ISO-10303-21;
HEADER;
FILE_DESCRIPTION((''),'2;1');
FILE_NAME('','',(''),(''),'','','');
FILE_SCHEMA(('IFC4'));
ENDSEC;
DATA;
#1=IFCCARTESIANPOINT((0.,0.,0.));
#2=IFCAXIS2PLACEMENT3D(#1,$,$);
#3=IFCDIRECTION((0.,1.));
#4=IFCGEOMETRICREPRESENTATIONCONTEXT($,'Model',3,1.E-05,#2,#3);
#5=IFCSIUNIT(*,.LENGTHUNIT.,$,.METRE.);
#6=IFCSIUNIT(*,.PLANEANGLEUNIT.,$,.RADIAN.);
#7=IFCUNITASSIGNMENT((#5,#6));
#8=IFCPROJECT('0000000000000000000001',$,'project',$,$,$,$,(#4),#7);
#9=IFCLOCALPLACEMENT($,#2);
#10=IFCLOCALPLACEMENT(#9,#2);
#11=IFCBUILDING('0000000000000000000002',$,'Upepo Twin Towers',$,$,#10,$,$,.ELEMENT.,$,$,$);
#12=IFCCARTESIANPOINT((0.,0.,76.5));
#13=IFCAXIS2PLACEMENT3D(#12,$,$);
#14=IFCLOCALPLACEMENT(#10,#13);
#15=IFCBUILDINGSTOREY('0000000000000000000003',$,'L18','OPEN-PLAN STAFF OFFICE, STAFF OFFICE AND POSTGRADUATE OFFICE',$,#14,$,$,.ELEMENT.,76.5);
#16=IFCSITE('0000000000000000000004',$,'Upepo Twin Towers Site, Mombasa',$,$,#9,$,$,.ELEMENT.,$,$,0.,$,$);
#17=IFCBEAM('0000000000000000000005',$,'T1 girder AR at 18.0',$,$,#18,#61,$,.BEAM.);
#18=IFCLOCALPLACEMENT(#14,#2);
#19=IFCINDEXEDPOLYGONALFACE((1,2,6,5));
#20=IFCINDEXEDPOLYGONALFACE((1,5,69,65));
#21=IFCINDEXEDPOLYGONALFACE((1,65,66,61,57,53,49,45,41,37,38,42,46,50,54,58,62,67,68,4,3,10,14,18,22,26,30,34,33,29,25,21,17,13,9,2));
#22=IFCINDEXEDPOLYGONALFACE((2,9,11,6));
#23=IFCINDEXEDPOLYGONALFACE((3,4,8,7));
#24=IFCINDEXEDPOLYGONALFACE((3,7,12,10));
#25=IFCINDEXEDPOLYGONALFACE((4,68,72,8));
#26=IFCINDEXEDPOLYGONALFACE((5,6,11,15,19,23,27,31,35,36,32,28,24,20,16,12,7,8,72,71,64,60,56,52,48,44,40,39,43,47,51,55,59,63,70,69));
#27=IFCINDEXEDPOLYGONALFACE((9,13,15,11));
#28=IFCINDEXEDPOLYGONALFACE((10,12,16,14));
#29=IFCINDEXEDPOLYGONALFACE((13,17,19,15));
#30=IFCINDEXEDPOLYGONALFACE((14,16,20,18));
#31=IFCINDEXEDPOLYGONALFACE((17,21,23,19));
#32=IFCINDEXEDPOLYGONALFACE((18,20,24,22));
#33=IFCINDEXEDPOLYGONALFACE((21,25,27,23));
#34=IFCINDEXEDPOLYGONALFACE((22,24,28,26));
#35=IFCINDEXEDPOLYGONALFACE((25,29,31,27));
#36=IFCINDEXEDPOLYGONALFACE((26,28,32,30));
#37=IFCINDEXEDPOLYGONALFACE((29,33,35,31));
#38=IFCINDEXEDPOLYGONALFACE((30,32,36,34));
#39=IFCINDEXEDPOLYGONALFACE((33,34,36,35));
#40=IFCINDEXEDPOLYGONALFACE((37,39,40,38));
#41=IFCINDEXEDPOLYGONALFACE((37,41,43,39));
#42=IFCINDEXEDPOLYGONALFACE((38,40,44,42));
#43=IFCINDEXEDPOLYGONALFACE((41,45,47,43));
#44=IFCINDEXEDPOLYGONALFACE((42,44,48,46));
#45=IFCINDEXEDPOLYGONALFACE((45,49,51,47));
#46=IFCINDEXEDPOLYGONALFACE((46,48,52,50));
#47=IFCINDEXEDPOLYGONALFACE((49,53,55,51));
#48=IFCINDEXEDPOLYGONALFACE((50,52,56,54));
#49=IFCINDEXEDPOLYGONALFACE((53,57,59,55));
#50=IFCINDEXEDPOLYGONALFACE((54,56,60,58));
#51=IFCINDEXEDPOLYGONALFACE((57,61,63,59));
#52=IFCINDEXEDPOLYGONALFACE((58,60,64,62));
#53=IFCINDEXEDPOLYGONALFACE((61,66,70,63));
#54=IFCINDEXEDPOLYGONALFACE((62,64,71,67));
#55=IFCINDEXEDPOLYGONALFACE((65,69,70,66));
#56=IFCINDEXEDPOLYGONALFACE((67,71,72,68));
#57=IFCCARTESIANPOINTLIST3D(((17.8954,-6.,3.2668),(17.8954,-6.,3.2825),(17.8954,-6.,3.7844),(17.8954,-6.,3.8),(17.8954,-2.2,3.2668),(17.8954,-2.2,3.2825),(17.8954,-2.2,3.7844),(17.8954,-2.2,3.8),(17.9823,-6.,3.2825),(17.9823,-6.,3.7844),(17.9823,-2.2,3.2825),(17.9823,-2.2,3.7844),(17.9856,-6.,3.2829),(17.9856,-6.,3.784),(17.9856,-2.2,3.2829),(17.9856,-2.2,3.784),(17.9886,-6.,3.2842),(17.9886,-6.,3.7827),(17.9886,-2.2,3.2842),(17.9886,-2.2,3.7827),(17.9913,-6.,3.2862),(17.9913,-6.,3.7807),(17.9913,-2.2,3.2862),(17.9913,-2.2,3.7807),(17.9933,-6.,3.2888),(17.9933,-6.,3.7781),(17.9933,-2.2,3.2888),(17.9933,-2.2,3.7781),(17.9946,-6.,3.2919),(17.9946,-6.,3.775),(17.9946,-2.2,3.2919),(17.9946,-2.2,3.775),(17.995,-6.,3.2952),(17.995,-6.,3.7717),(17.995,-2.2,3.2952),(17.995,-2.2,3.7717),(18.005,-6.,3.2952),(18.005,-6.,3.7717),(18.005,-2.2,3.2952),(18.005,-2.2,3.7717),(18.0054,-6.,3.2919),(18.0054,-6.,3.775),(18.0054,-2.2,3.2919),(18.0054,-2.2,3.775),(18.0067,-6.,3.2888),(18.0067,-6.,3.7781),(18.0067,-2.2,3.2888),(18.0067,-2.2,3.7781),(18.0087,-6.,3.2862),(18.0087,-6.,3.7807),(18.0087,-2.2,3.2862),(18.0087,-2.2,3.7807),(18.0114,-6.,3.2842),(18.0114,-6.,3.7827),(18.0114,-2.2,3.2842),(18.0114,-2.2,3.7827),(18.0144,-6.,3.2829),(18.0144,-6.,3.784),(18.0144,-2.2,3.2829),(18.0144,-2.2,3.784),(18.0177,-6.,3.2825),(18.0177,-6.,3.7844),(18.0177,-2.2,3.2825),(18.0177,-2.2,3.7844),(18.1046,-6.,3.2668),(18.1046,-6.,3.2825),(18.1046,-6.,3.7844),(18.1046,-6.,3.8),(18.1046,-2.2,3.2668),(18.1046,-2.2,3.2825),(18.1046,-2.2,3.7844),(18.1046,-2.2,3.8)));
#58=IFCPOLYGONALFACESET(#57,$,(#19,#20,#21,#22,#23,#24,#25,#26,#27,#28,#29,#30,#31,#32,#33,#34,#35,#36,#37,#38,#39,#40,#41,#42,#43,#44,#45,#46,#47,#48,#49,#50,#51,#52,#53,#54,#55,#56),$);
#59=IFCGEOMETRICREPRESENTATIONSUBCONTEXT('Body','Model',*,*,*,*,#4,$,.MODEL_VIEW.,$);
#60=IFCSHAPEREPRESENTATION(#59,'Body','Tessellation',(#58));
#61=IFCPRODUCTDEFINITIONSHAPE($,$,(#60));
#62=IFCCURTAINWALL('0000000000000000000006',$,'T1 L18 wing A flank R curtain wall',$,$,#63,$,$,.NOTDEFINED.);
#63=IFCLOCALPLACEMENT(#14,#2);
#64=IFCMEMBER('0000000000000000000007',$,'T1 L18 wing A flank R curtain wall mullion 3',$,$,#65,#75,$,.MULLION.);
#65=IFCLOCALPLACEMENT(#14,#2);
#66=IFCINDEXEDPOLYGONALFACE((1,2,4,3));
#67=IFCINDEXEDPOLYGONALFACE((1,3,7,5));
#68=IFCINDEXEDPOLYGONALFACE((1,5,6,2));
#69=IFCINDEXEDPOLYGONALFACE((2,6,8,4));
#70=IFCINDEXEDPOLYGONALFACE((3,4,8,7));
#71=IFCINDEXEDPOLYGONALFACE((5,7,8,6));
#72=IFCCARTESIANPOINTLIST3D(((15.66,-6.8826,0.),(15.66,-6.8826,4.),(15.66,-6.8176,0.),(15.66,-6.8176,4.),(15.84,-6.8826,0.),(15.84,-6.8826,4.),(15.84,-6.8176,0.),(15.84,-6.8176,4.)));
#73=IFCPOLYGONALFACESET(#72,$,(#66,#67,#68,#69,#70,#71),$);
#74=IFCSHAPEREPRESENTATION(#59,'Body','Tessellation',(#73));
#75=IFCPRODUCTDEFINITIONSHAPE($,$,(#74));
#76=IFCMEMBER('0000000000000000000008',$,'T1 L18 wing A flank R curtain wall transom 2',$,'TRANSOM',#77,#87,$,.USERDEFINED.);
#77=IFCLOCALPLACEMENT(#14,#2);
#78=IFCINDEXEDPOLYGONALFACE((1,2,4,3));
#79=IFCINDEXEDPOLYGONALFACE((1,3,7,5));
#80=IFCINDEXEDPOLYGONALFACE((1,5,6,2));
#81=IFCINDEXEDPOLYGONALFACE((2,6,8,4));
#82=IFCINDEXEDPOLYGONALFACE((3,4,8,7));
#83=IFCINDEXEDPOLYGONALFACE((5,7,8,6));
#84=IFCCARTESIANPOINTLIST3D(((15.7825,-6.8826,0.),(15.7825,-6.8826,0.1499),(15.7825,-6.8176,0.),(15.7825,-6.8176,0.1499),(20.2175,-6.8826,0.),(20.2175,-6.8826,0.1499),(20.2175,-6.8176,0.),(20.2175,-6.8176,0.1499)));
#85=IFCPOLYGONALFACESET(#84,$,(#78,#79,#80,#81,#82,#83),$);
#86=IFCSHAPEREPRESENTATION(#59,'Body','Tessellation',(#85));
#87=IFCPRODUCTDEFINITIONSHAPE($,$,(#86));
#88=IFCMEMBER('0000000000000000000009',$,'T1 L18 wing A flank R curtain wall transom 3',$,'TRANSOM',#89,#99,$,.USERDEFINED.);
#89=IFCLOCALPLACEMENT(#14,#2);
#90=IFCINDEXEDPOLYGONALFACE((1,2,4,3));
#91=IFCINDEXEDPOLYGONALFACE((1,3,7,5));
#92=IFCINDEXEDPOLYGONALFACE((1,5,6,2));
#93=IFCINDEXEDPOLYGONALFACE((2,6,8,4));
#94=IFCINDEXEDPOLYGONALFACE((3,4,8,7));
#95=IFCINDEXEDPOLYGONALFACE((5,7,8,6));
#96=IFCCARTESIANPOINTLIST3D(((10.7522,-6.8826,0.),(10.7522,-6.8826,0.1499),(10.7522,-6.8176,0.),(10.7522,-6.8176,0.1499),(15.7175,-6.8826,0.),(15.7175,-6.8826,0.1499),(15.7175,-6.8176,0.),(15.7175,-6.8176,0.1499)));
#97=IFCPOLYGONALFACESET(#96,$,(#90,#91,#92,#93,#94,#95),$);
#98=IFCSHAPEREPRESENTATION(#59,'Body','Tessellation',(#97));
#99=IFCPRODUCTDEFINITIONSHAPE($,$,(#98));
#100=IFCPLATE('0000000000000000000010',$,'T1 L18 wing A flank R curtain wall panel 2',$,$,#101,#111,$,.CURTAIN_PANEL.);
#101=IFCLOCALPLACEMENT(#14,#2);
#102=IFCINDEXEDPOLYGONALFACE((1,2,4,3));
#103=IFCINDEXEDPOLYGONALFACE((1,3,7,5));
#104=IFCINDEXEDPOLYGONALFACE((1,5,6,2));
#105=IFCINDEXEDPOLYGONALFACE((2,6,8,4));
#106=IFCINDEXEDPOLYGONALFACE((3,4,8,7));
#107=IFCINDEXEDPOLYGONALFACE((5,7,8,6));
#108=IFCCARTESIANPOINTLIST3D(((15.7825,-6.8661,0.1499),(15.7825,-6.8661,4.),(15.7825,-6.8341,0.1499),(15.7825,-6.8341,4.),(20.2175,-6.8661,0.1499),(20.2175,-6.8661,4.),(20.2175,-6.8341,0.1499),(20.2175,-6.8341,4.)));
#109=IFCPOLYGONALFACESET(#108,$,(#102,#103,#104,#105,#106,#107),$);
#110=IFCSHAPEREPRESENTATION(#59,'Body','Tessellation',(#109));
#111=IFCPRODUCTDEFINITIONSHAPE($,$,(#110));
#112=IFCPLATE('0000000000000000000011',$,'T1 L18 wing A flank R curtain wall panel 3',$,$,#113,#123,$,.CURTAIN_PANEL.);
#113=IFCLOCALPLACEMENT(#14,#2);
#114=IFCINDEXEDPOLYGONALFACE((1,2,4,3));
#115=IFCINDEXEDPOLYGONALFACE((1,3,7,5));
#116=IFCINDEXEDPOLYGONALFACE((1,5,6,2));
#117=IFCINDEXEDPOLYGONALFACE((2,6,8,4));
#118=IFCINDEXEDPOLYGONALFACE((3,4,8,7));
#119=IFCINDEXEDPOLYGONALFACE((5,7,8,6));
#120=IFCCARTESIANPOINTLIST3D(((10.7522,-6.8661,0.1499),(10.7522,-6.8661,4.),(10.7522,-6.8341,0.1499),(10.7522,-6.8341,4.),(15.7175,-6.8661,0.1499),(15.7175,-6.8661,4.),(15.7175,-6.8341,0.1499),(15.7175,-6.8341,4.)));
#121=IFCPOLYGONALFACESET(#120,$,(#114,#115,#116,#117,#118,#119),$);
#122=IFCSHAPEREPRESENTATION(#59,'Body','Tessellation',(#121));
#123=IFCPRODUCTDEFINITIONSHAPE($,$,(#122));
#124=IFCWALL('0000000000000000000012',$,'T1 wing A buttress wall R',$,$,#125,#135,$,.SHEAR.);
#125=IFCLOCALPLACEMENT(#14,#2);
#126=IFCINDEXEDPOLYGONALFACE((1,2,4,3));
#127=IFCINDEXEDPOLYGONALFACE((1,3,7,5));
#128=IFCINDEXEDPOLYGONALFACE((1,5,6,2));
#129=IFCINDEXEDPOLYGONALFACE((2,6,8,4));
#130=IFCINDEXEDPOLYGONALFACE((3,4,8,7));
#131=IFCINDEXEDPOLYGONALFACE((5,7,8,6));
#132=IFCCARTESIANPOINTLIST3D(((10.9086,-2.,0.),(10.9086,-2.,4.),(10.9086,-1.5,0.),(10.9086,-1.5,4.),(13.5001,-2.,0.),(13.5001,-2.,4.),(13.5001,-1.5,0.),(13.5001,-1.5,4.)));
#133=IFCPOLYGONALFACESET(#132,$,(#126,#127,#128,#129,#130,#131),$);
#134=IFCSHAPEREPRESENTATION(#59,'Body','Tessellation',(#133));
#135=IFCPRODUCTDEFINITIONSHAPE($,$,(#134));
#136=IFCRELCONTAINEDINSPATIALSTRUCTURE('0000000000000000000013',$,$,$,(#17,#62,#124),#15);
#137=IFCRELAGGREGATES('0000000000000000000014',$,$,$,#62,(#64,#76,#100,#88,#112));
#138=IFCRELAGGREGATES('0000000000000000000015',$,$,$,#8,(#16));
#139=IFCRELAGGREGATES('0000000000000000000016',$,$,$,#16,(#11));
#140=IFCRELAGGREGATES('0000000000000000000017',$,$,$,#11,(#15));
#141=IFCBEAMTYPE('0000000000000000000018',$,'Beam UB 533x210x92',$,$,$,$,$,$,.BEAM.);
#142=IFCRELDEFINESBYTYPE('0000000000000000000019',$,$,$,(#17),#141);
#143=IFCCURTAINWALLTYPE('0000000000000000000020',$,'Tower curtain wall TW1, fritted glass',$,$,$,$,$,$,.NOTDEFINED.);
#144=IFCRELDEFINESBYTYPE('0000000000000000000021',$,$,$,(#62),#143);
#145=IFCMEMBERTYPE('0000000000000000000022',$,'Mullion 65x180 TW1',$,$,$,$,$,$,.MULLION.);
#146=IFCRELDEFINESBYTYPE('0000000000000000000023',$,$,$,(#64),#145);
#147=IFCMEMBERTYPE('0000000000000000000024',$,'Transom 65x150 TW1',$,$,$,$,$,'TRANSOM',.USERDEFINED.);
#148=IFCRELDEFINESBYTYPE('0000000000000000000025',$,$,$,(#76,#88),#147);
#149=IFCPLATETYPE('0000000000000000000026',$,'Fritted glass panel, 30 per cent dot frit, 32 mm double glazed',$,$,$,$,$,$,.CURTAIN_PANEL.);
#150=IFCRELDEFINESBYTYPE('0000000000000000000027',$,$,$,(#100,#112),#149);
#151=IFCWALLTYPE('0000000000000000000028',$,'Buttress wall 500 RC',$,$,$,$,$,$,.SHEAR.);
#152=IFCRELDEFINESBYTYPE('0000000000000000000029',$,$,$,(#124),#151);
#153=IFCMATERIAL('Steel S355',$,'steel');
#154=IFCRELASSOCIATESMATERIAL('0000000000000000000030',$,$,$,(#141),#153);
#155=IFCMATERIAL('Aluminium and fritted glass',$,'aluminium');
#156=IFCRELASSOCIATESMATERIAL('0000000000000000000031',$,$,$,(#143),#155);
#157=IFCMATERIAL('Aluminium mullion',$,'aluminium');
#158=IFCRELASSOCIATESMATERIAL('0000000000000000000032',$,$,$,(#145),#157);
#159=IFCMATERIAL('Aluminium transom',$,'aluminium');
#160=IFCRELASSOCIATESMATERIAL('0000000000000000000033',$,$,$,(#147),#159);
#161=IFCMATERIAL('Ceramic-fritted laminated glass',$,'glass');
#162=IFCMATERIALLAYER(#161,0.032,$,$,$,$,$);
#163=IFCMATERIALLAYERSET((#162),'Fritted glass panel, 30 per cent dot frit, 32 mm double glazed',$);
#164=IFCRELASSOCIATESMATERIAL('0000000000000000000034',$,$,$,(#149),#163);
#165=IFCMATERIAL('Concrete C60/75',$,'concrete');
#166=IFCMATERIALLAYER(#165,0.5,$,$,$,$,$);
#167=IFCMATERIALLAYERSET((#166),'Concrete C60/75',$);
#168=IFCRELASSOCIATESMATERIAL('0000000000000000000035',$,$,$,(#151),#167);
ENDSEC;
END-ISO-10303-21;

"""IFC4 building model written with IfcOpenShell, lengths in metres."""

from ifc_helpers import new_model, si_unit, direction, frame, frame_2d, origin, origin_2d, place, context, subcontext, project, spatial, rectangle, i_section, extrude, material, layer, layer_set, material_profile, profile_set, type_object, element, aggregate, save


model = new_model("IFC4")

# Units and contexts
model_context = context("Model", 3, precision=1e-05, world=origin(), true_north=direction((0.0, 1.0)))
body_context = subcontext(model_context, "Body", "Model", "MODEL_VIEW")
ifc_project = project(units=[si_unit("LENGTHUNIT", "METRE"), si_unit("PLANEANGLEUNIT", "RADIAN")], contexts=[model_context])

# Site, building, storey
site_placement = place(None, origin())
site = spatial("IfcSite", under=ifc_project, at=site_placement, Name="Upepo Twin Towers Site, Mombasa", CompositionType="ELEMENT", RefElevation=0.0)
building_placement = place(site_placement, origin())
building = spatial("IfcBuilding", under=site, at=building_placement, Name="Upepo Twin Towers", CompositionType="ELEMENT")
storey_placement = place(building_placement, frame((0.0, 0.0, 76.5)))
storey = spatial("IfcBuildingStorey", under=building, at=storey_placement, Name="L18", Description="OPEN-PLAN STAFF OFFICE, STAFF OFFICE AND POSTGRADUATE OFFICE", CompositionType="ELEMENT", Elevation=76.5)

# Beam
ifc_material_1 = material(Name="Steel S355", Category="steel")
ifc_material_profile_1 = material_profile(ifc_material_1, i_section(OverallWidth=0.2092, OverallDepth=0.5332, WebThickness=0.01, FlangeThickness=0.0156, FilletRadius=0.0127, at=origin_2d()), Name="UB 533x210x92")
ifc_profile_set_1 = profile_set([ifc_material_profile_1], Name="Steel S355")
beam_type_1 = type_object("IfcBeamType", Name="Beam UB 533x210x92", PredefinedType="BEAM", material=ifc_profile_set_1)
for number, where, z_axis, x_axis, name in (
    (1, (18.0, -6.0, 3.5334), (0.0, 1.0, 0.0), (-1.0, 0.0, 0.0), "T1 girder AR at 18.0"),
):
    element("IfcBeam", number, at=place(storey_placement, frame(where, z_axis=z_axis, x_axis=x_axis)), inside=storey, type_object=beam_type_1, Name=name, PredefinedType="BEAM", context=body_context, shape_type="SweptSolid", body=[
        extrude(i_section(OverallWidth=0.2092, OverallDepth=0.5332, WebThickness=0.01, FlangeThickness=0.0156, FilletRadius=0.0127, at=origin_2d()), origin(), (0.0, 0.0, 1.0), 3.8),
    ])

# Curtain wall, members, plates
ifc_material_2 = material(Name="Aluminium and fritted glass", Category="aluminium")
curtain_wall_type = type_object("IfcCurtainWallType", Name="Tower curtain wall TW1, fritted glass", PredefinedType="NOTDEFINED", material=ifc_material_2)
curtain_wall_placement = place(storey_placement, origin())
curtain_wall = element("IfcCurtainWall", 2, at=curtain_wall_placement, inside=storey, type_object=curtain_wall_type, Name="T1 L18 wing A flank R curtain wall", PredefinedType="NOTDEFINED")
ifc_material_3 = material(Name="Aluminium mullion", Category="aluminium")
ifc_material_profile_2 = material_profile(ifc_material_3, rectangle(XDim=0.0649, YDim=0.1799, at=origin_2d()), Name="MULLION 65x180")
ifc_profile_set_2 = profile_set([ifc_material_profile_2], Name="Aluminium mullion")
member_type_1 = type_object("IfcMemberType", Name="Mullion 65x180 TW1", PredefinedType="MULLION", material=ifc_profile_set_2)
member_1_placement = place(storey_placement, frame((15.75, -6.8501, 0.0), z_axis=(0.0, 0.0, 1.0), x_axis=(0.0, -1.0, 0.0)))
member_1 = element("IfcMember", 3, at=member_1_placement, type_object=member_type_1, Name="T1 L18 wing A flank R curtain wall mullion 3", PredefinedType="MULLION", context=body_context, shape_type="SweptSolid", body=[
    extrude(rectangle(XDim=0.0649, YDim=0.1799, at=origin_2d()), origin(), (0.0, 0.0, 1.0), 4.0),
])
ifc_material_4 = material(Name="Aluminium transom", Category="aluminium")
ifc_material_profile_3 = material_profile(ifc_material_4, rectangle(XDim=0.0649, YDim=0.1499, at=origin_2d()), Name="TRANSOM 65x150")
ifc_profile_set_3 = profile_set([ifc_material_profile_3], Name="Aluminium transom")
member_type_2 = type_object("IfcMemberType", Name="Transom 65x150 TW1", ElementType="TRANSOM", PredefinedType="USERDEFINED", material=ifc_profile_set_3)
member_2_placement = place(storey_placement, frame((20.2175, -6.8501, 0.075), z_axis=(-1.0, 0.0, 0.0), x_axis=(0.0, -1.0, 0.0)))
member_2 = element("IfcMember", 4, at=member_2_placement, type_object=member_type_2, Name="T1 L18 wing A flank R curtain wall transom 2", ObjectType="TRANSOM", PredefinedType="USERDEFINED", context=body_context, shape_type="SweptSolid", body=[
    extrude(rectangle(XDim=0.0649, YDim=0.1499, at=origin_2d()), origin(), (0.0, 0.0, 1.0), 4.4351),
])
member_3_placement = place(storey_placement, frame((15.7175, -6.8501, 0.075), z_axis=(-1.0, 0.0, 0.0), x_axis=(0.0, -1.0, 0.0)))
member_3 = element("IfcMember", 5, at=member_3_placement, type_object=member_type_2, Name="T1 L18 wing A flank R curtain wall transom 3", ObjectType="TRANSOM", PredefinedType="USERDEFINED", context=body_context, shape_type="SweptSolid", body=[
    extrude(rectangle(XDim=0.0649, YDim=0.1499, at=origin_2d()), origin(), (0.0, 0.0, 1.0), 4.9653),
])
ifc_material_5 = material(Name="Ceramic-fritted laminated glass", Category="glass")
ifc_layer_1 = layer(ifc_material_5, 0.032)
ifc_layer_set_1 = layer_set([ifc_layer_1], Name="Fritted glass panel, 30 per cent dot frit, 32 mm double glazed")
plate_type = type_object("IfcPlateType", Name="Fritted glass panel, 30 per cent dot frit, 32 mm double glazed", PredefinedType="CURTAIN_PANEL", material=ifc_layer_set_1)
plate_1_placement = place(storey_placement, frame((18.0, -6.8501, 0.1499), z_axis=(0.0, 0.0, 1.0), x_axis=(-1.0, 0.0, 0.0)))
plate_1 = element("IfcPlate", 6, at=plate_1_placement, type_object=plate_type, Name="T1 L18 wing A flank R curtain wall panel 2", PredefinedType="CURTAIN_PANEL", context=body_context, shape_type="SweptSolid", body=[
    extrude(rectangle(XDim=4.4351, YDim=0.032, at=origin_2d()), origin(), (0.0, 0.0, 1.0), 3.8501),
])
plate_2_placement = place(storey_placement, frame((13.2349, -6.8501, 0.1499), z_axis=(0.0, 0.0, 1.0), x_axis=(-1.0, 0.0, 0.0)))
plate_2 = element("IfcPlate", 7, at=plate_2_placement, type_object=plate_type, Name="T1 L18 wing A flank R curtain wall panel 3", PredefinedType="CURTAIN_PANEL", context=body_context, shape_type="SweptSolid", body=[
    extrude(rectangle(XDim=4.9653, YDim=0.032, at=origin_2d()), origin(), (0.0, 0.0, 1.0), 3.8501),
])
aggregate(curtain_wall, [member_1, member_2, plate_1, member_3, plate_2])

# Wall
ifc_material_6 = material(Name="Concrete C60/75", Category="concrete")
ifc_layer_2 = layer(ifc_material_6, 0.5)
ifc_layer_set_2 = layer_set([ifc_layer_2], Name="Concrete C60/75")
wall_type_1 = type_object("IfcWallType", Name="Buttress wall 500 RC", PredefinedType="SHEAR", material=ifc_layer_set_2)
wall_1_placement = place(storey_placement, frame((10.9084, -1.75, 0.0), z_axis=(0.0, 0.0, 1.0), x_axis=(1.0, 0.0, 0.0)))
element("IfcWall", 8, at=wall_1_placement, inside=storey, type_object=wall_type_1, Name="T1 wing A buttress wall R", PredefinedType="SHEAR", context=body_context, shape_type="SweptSolid", body=[
    extrude(rectangle(XDim=2.5916, YDim=0.5, at=frame_2d((1.2959, 0.0))), origin(), (0.0, 0.0, 1.0), 4.0),
])

save(model, "model.ifc")
